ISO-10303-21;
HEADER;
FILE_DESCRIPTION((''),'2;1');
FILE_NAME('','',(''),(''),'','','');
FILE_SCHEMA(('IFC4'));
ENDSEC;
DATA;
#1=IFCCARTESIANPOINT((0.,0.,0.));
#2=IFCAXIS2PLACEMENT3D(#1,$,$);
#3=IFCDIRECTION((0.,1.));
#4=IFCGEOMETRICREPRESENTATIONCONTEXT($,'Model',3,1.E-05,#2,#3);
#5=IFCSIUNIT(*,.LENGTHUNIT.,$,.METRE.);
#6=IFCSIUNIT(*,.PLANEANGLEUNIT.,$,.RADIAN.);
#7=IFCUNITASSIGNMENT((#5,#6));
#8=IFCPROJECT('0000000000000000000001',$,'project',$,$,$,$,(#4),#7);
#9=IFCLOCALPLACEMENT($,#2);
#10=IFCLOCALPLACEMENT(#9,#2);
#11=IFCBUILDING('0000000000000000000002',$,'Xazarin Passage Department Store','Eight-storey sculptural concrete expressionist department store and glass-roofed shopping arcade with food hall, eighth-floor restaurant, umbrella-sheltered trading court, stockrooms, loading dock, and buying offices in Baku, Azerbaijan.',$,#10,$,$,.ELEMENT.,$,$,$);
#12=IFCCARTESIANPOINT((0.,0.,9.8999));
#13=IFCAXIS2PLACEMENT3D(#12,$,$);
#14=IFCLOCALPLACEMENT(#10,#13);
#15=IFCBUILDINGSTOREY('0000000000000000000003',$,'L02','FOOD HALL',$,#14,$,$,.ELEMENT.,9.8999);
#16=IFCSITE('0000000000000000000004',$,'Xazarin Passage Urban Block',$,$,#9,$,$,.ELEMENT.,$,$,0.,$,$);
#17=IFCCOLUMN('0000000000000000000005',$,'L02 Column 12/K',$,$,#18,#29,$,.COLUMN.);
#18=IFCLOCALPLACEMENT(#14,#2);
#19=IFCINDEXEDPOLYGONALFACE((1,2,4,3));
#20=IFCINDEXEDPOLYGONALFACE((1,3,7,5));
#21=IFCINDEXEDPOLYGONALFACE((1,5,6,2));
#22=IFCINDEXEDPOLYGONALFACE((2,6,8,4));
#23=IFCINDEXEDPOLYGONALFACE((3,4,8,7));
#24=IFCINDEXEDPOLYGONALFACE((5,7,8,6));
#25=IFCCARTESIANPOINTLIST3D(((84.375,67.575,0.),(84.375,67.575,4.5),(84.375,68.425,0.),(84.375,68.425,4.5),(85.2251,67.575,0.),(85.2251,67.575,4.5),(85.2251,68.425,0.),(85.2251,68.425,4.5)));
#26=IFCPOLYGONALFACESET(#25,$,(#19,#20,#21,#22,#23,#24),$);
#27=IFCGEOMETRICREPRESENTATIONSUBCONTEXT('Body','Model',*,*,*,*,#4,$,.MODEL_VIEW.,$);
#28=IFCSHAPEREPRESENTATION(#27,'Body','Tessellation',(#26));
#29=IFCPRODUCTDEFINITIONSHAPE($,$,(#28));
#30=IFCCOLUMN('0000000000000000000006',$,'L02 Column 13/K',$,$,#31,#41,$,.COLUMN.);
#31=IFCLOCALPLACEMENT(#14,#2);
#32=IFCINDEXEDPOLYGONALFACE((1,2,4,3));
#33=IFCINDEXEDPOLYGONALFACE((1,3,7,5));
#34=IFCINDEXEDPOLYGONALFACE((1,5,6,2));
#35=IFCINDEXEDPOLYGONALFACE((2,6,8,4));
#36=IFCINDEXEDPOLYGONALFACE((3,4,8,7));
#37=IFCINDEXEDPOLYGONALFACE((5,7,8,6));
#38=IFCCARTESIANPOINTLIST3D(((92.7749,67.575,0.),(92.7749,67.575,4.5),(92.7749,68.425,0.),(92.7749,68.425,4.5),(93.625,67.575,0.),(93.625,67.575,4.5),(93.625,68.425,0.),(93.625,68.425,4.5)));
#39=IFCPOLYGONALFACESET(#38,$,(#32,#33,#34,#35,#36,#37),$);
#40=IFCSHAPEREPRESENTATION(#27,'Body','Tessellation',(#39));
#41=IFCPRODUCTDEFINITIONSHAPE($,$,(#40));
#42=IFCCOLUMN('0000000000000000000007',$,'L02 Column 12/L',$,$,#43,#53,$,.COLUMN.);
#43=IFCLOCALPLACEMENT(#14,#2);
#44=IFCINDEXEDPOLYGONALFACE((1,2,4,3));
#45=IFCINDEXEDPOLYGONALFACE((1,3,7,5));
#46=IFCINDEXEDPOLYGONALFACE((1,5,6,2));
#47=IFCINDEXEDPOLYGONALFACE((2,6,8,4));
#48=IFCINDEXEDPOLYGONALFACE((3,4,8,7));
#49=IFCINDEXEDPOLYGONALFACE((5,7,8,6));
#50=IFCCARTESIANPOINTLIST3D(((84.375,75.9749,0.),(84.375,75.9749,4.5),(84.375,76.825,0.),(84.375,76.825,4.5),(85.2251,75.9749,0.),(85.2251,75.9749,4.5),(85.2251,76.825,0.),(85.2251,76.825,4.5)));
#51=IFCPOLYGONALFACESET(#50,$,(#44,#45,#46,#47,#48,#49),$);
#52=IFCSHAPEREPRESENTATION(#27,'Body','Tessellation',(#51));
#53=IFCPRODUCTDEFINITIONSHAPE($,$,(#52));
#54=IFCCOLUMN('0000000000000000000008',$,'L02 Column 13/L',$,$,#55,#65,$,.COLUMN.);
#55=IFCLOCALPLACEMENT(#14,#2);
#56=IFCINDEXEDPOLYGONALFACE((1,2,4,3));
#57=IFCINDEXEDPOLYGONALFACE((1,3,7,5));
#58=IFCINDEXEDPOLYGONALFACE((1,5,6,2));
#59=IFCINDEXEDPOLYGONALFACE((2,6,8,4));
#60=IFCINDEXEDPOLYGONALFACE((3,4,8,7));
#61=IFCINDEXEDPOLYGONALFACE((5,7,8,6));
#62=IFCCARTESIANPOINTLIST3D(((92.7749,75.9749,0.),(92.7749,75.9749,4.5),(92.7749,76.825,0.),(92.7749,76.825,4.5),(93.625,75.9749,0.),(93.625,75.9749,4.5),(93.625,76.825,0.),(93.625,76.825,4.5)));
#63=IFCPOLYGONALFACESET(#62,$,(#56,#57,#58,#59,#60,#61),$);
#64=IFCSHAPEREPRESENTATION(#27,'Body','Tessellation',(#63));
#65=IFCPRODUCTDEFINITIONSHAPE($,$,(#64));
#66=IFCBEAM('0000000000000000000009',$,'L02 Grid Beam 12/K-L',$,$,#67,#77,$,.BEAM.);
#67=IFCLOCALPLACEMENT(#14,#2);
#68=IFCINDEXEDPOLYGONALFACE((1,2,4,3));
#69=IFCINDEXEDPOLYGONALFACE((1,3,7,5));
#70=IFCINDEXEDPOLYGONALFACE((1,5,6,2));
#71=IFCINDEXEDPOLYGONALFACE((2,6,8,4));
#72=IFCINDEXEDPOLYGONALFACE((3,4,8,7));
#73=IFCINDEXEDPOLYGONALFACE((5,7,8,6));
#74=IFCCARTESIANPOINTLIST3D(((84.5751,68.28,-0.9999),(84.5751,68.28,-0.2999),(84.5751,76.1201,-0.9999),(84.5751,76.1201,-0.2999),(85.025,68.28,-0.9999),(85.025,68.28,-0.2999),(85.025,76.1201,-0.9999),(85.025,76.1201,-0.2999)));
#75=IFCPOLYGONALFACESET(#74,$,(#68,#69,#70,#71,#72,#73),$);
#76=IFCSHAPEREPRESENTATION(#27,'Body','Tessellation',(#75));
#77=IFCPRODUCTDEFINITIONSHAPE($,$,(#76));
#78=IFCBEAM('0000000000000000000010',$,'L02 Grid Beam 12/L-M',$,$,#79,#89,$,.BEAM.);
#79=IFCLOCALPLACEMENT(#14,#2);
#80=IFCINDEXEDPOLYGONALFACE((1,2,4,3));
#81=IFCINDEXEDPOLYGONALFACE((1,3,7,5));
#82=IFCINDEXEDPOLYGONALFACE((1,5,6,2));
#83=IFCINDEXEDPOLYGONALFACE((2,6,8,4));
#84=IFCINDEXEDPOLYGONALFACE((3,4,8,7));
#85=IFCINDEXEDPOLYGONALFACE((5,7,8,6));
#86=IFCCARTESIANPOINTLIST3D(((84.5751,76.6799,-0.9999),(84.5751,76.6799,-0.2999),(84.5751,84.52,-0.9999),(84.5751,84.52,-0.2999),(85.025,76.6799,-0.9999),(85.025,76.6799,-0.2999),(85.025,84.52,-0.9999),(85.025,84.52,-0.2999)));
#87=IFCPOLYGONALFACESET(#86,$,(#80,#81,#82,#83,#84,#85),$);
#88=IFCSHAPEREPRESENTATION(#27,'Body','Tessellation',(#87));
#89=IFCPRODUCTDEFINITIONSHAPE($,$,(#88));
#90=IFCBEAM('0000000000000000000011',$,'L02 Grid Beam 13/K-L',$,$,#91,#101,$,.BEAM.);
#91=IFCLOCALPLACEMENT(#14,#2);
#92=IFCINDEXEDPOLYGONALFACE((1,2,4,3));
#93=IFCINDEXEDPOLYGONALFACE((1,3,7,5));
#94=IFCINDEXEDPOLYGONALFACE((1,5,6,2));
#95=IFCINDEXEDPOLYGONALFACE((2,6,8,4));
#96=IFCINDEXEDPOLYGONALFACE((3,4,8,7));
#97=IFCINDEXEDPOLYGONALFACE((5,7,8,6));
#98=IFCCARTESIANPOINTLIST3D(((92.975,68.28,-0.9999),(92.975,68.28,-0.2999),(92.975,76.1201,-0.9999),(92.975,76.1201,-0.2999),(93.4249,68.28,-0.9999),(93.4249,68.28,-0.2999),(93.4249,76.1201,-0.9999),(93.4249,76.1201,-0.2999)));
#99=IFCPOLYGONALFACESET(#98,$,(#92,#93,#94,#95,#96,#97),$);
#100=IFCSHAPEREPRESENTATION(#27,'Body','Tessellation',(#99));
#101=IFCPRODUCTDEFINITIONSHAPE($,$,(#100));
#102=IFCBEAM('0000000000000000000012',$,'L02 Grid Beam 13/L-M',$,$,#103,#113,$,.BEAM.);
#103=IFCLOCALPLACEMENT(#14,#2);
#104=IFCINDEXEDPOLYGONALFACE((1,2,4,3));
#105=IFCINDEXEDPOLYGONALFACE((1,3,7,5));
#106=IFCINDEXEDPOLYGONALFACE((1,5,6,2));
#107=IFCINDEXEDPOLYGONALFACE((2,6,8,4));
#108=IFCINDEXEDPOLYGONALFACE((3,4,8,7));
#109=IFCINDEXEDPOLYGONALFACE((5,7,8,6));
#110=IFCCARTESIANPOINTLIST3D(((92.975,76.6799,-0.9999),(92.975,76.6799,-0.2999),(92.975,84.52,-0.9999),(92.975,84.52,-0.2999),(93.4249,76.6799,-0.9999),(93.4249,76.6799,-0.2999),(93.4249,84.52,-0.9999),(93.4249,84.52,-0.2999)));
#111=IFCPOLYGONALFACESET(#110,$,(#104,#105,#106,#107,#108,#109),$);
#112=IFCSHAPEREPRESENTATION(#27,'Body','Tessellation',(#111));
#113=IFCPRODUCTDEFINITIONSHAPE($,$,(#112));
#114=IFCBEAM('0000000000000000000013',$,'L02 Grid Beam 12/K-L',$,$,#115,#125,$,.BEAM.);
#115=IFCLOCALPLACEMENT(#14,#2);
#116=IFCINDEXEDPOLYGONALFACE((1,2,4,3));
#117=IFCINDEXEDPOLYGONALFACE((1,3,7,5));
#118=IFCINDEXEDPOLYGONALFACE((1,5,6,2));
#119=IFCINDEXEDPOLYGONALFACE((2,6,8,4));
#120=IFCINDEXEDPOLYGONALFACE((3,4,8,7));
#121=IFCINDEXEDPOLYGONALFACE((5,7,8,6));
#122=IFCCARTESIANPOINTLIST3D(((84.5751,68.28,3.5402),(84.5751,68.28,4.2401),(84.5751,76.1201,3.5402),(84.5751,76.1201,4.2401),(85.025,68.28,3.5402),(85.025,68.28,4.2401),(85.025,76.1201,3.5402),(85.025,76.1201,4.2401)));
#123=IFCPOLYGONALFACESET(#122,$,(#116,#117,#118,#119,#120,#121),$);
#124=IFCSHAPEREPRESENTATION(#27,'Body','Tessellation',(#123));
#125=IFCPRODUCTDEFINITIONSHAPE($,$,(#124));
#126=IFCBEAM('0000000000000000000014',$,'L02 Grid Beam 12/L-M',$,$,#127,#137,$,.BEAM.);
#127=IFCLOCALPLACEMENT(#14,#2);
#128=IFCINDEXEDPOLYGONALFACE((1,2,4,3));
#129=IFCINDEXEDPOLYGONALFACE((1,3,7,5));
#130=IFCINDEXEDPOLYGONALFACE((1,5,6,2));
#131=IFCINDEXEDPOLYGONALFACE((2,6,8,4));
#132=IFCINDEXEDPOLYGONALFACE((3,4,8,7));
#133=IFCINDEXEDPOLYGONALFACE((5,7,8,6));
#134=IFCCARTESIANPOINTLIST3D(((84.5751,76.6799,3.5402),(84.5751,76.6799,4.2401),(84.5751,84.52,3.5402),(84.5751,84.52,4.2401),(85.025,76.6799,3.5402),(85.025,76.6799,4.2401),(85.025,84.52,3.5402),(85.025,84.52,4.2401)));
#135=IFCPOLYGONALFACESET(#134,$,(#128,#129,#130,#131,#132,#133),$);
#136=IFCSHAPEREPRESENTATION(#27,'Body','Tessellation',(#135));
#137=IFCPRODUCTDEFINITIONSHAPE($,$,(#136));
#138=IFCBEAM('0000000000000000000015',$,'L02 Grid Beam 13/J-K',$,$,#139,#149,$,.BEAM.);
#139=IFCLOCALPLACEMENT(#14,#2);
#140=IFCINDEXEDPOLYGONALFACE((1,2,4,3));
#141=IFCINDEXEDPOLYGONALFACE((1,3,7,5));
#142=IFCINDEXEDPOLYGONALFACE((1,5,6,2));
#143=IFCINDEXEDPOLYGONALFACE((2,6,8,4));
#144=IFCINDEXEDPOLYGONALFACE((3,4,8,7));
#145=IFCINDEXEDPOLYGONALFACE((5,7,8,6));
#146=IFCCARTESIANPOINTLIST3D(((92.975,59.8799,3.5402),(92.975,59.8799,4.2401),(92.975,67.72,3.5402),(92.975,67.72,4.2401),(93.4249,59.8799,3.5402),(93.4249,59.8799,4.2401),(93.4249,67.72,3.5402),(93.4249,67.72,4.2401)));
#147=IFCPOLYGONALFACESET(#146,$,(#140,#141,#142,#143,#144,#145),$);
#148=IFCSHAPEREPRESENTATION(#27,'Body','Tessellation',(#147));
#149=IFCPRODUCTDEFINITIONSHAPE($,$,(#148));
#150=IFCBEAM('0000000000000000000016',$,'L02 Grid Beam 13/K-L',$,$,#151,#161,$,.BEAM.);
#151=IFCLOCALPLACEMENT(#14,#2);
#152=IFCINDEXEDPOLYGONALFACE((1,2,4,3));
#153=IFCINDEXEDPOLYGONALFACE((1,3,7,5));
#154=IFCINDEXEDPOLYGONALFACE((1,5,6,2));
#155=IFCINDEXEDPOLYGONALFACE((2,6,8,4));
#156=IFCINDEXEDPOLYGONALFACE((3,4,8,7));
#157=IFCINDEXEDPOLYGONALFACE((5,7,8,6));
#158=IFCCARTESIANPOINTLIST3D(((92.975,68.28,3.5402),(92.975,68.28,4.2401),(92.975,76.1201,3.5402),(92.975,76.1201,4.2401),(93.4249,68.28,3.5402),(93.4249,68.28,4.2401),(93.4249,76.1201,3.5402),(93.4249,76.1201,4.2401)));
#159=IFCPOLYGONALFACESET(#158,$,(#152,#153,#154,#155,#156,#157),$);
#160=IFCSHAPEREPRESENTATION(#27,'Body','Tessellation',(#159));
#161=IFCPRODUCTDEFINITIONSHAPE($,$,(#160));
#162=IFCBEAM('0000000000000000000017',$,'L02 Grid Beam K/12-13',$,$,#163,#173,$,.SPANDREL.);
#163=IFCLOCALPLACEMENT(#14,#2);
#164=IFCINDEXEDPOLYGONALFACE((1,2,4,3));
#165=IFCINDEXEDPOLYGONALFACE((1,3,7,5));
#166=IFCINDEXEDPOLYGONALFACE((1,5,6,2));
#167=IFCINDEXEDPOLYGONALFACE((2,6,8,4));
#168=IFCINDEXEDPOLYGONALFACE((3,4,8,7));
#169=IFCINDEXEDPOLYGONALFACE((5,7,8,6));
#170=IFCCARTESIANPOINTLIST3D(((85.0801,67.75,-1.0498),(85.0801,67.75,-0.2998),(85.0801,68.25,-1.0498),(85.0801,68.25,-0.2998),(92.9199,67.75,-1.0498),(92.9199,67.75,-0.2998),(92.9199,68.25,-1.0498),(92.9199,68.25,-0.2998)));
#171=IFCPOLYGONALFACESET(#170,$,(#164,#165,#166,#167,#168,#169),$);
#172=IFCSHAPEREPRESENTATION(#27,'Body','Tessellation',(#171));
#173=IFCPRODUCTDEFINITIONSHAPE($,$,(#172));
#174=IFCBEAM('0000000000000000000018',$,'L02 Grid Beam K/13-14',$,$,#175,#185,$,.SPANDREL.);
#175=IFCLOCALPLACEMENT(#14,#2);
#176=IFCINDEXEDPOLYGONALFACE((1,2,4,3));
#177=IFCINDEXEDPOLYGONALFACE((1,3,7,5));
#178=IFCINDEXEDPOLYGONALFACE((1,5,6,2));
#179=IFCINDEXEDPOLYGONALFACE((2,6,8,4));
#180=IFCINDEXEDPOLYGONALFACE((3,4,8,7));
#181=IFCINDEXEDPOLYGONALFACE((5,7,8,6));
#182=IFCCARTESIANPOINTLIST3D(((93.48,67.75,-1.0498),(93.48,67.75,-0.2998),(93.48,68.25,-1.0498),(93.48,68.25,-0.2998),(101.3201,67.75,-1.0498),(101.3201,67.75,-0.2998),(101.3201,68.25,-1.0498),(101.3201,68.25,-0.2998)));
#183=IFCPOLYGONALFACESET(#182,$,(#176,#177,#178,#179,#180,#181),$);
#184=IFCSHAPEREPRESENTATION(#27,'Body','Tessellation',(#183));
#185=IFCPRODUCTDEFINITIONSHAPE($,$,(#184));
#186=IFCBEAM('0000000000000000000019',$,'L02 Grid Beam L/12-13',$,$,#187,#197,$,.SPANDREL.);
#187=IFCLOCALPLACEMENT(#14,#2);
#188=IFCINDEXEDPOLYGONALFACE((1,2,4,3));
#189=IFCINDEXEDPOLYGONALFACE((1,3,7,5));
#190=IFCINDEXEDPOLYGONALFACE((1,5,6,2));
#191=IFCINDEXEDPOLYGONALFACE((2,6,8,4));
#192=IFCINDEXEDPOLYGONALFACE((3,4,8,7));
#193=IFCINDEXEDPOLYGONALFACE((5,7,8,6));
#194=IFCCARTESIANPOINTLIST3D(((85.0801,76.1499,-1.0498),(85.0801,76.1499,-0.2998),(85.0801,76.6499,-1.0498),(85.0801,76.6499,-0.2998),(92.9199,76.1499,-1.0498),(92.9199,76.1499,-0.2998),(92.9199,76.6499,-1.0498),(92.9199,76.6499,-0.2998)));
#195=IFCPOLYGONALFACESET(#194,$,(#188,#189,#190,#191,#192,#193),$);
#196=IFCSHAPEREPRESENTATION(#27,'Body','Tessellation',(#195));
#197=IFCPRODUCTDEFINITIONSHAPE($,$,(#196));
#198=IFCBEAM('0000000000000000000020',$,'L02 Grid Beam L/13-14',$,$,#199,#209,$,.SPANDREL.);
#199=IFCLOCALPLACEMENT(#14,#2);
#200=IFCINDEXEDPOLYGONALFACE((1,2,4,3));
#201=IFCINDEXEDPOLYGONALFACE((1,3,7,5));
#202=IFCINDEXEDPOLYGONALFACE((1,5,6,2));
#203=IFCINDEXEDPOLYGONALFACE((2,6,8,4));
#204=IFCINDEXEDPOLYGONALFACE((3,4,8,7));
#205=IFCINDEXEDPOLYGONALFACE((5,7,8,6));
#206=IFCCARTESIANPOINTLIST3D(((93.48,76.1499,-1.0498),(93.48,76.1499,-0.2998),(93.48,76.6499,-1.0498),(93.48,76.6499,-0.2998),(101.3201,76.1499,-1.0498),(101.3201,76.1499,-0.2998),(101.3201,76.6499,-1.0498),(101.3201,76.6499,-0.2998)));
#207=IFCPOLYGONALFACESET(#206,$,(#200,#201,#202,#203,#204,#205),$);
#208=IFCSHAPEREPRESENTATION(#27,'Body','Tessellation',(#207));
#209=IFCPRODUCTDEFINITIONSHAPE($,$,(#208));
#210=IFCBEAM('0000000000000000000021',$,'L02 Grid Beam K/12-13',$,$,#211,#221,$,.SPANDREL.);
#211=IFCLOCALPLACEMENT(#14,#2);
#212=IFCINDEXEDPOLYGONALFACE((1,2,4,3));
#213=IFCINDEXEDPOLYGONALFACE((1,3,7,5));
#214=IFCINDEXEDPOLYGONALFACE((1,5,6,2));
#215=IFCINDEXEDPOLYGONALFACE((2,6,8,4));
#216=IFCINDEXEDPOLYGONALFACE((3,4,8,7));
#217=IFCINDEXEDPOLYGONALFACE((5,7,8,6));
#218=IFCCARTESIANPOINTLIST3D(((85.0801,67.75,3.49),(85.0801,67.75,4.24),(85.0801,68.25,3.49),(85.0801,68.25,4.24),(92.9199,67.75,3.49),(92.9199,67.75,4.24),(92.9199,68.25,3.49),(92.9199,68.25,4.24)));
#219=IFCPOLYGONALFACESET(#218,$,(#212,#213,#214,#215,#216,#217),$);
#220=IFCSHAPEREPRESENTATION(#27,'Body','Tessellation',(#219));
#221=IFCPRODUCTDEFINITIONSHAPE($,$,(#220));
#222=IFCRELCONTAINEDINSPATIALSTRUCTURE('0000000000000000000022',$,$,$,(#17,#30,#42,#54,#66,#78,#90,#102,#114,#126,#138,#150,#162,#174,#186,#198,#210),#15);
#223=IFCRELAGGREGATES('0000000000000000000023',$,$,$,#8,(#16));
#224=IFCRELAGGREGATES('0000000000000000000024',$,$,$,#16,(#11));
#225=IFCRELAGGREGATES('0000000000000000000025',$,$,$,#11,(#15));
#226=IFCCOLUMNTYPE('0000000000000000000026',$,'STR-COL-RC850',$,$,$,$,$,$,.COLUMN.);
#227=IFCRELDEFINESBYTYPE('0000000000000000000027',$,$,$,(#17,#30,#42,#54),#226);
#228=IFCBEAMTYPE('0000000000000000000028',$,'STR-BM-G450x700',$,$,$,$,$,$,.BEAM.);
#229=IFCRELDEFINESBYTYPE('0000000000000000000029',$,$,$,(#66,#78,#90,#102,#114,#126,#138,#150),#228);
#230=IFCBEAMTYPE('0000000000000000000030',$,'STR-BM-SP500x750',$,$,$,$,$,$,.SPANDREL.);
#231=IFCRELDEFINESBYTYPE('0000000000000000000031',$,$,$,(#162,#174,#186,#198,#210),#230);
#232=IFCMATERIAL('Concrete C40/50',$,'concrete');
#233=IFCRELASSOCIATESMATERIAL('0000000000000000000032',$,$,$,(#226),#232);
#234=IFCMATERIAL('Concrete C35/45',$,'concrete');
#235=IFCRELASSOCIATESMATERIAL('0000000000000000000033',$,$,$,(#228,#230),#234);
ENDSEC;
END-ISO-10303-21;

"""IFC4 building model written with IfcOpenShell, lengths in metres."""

from ifc_helpers import new_model, si_unit, direction, frame, origin, origin_2d, place, context, subcontext, project, spatial, rectangle, extrude, material, material_profile, profile_set, type_object, element, save


model = new_model("IFC4")

# Units and contexts
model_context = context("Model", 3, precision=1e-05, world=origin(), true_north=direction((0.0, 1.0)))
body_context = subcontext(model_context, "Body", "Model", "MODEL_VIEW")
ifc_project = project(units=[si_unit("LENGTHUNIT", "METRE"), si_unit("PLANEANGLEUNIT", "RADIAN")], contexts=[model_context])

# Site, building, storey
site_placement = place(None, origin())
site = spatial("IfcSite", under=ifc_project, at=site_placement, Name="Xazarin Passage Urban Block", CompositionType="ELEMENT", RefElevation=0.0)
building_placement = place(site_placement, origin())
building = spatial("IfcBuilding", under=site, at=building_placement, Name="Xazarin Passage Department Store", Description="Eight-storey sculptural concrete expressionist department store and glass-roofed shopping arcade with food hall, eighth-floor restaurant, umbrella-sheltered trading court, stockrooms, loading dock, and buying offices in Baku, Azerbaijan.", CompositionType="ELEMENT")
storey_placement = place(building_placement, frame((0.0, 0.0, 9.8999)))
storey = spatial("IfcBuildingStorey", under=building, at=storey_placement, Name="L02", Description="FOOD HALL", CompositionType="ELEMENT", Elevation=9.8999)

# Columns
ifc_material_1 = material(Name="Concrete C40/50", Category="concrete")
ifc_material_profile_1 = material_profile(ifc_material_1, rectangle(XDim=0.8501, YDim=0.8501, at=origin_2d()), Name="RC 850x850")
ifc_profile_set_1 = profile_set([ifc_material_profile_1], Name="Concrete C40/50")
column_type = type_object("IfcColumnType", Name="STR-COL-RC850", PredefinedType="COLUMN", material=ifc_profile_set_1)
for number, where, z_axis, x_axis, name in (
    (1, (84.8, 68.0, 0.0), (0.0, 0.0, 1.0), (1.0, 0.0, 0.0), "L02 Column 12/K"),
    (2, (93.2, 68.0, 0.0), (0.0, 0.0, 1.0), (1.0, 0.0, 0.0), "L02 Column 13/K"),
    (3, (84.8, 76.3999, 0.0), (0.0, 0.0, 1.0), (1.0, 0.0, 0.0), "L02 Column 12/L"),
    (4, (93.2, 76.3999, 0.0), (0.0, 0.0, 1.0), (1.0, 0.0, 0.0), "L02 Column 13/L"),
):
    element("IfcColumn", number, at=place(storey_placement, frame(where, z_axis=z_axis, x_axis=x_axis)), inside=storey, type_object=column_type, Name=name, PredefinedType="COLUMN", context=body_context, shape_type="SweptSolid", body=[
        extrude(rectangle(XDim=0.8501, YDim=0.8501, at=origin_2d()), origin(), (0.0, 0.0, 1.0), 4.5),
    ])

# Beams
ifc_material_2 = material(Name="Concrete C35/45", Category="concrete")
ifc_material_profile_2 = material_profile(ifc_material_2, rectangle(XDim=0.45, YDim=0.7, at=origin_2d()), Name="RC 450x700")
ifc_profile_set_2 = profile_set([ifc_material_profile_2], Name="Concrete C35/45")
beam_type_1 = type_object("IfcBeamType", Name="STR-BM-G450x700", PredefinedType="BEAM", material=ifc_profile_set_2)
for number, where, z_axis, x_axis, name in (
    (5, (84.8, 68.28, -0.6499), (0.0, 1.0, 0.0), (-1.0, 0.0, 0.0), "L02 Grid Beam 12/K-L"),
    (6, (84.8, 76.6799, -0.6499), (0.0, 1.0, 0.0), (-1.0, 0.0, 0.0), "L02 Grid Beam 12/L-M"),
    (7, (93.2, 68.28, -0.6499), (0.0, 1.0, 0.0), (-1.0, 0.0, 0.0), "L02 Grid Beam 13/K-L"),
    (8, (93.2, 76.6799, -0.6499), (0.0, 1.0, 0.0), (-1.0, 0.0, 0.0), "L02 Grid Beam 13/L-M"),
    (9, (84.8, 68.28, 3.8901), (0.0, 1.0, 0.0), (-1.0, 0.0, 0.0), "L02 Grid Beam 12/K-L"),
    (10, (84.8, 76.6799, 3.8901), (0.0, 1.0, 0.0), (-1.0, 0.0, 0.0), "L02 Grid Beam 12/L-M"),
    (11, (93.2, 59.8799, 3.8901), (0.0, 1.0, 0.0), (-1.0, 0.0, 0.0), "L02 Grid Beam 13/J-K"),
    (12, (93.2, 68.28, 3.8901), (0.0, 1.0, 0.0), (-1.0, 0.0, 0.0), "L02 Grid Beam 13/K-L"),
):
    element("IfcBeam", number, at=place(storey_placement, frame(where, z_axis=z_axis, x_axis=x_axis)), inside=storey, type_object=beam_type_1, Name=name, PredefinedType="BEAM", context=body_context, shape_type="SweptSolid", body=[
        extrude(rectangle(XDim=0.45, YDim=0.7, at=origin_2d()), origin(), (0.0, 0.0, 1.0), 7.8401),
    ])
ifc_material_profile_3 = material_profile(ifc_material_2, rectangle(XDim=0.5, YDim=0.75, at=origin_2d()), Name="RC 500x750")
ifc_profile_set_3 = profile_set([ifc_material_profile_3], Name="Concrete C35/45")
beam_type_2 = type_object("IfcBeamType", Name="STR-BM-SP500x750", PredefinedType="SPANDREL", material=ifc_profile_set_3)
beam_1_placement = place(storey_placement, frame((85.0801, 68.0, -0.6748), z_axis=(1.0, 0.0, 0.0), x_axis=(0.0, 1.0, 0.0)))
element("IfcBeam", 13, at=beam_1_placement, inside=storey, type_object=beam_type_2, Name="L02 Grid Beam K/12-13", PredefinedType="SPANDREL", context=body_context, shape_type="SweptSolid", body=[
    extrude(rectangle(XDim=0.5, YDim=0.75, at=origin_2d()), origin(), (0.0, 0.0, 1.0), 7.8398),
])
beam_2_placement = place(storey_placement, frame((93.48, 68.0, -0.6748), z_axis=(1.0, 0.0, 0.0), x_axis=(0.0, 1.0, 0.0)))
element("IfcBeam", 14, at=beam_2_placement, inside=storey, type_object=beam_type_2, Name="L02 Grid Beam K/13-14", PredefinedType="SPANDREL", context=body_context, shape_type="SweptSolid", body=[
    extrude(rectangle(XDim=0.5, YDim=0.75, at=origin_2d()), origin(), (0.0, 0.0, 1.0), 7.8401),
])
beam_3_placement = place(storey_placement, frame((85.0801, 76.3999, -0.6748), z_axis=(1.0, 0.0, 0.0), x_axis=(0.0, 1.0, 0.0)))
element("IfcBeam", 15, at=beam_3_placement, inside=storey, type_object=beam_type_2, Name="L02 Grid Beam L/12-13", PredefinedType="SPANDREL", context=body_context, shape_type="SweptSolid", body=[
    extrude(rectangle(XDim=0.5, YDim=0.75, at=origin_2d()), origin(), (0.0, 0.0, 1.0), 7.8398),
])
beam_4_placement = place(storey_placement, frame((93.48, 76.3999, -0.6748), z_axis=(1.0, 0.0, 0.0), x_axis=(0.0, 1.0, 0.0)))
element("IfcBeam", 16, at=beam_4_placement, inside=storey, type_object=beam_type_2, Name="L02 Grid Beam L/13-14", PredefinedType="SPANDREL", context=body_context, shape_type="SweptSolid", body=[
    extrude(rectangle(XDim=0.5, YDim=0.75, at=origin_2d()), origin(), (0.0, 0.0, 1.0), 7.8401),
])
beam_5_placement = place(storey_placement, frame((85.0801, 68.0, 3.865), z_axis=(1.0, 0.0, 0.0), x_axis=(0.0, 1.0, 0.0)))
element("IfcBeam", 17, at=beam_5_placement, inside=storey, type_object=beam_type_2, Name="L02 Grid Beam K/12-13", PredefinedType="SPANDREL", context=body_context, shape_type="SweptSolid", body=[
    extrude(rectangle(XDim=0.5, YDim=0.75, at=origin_2d()), origin(), (0.0, 0.0, 1.0), 7.8398),
])

save(model, "model.ifc")
